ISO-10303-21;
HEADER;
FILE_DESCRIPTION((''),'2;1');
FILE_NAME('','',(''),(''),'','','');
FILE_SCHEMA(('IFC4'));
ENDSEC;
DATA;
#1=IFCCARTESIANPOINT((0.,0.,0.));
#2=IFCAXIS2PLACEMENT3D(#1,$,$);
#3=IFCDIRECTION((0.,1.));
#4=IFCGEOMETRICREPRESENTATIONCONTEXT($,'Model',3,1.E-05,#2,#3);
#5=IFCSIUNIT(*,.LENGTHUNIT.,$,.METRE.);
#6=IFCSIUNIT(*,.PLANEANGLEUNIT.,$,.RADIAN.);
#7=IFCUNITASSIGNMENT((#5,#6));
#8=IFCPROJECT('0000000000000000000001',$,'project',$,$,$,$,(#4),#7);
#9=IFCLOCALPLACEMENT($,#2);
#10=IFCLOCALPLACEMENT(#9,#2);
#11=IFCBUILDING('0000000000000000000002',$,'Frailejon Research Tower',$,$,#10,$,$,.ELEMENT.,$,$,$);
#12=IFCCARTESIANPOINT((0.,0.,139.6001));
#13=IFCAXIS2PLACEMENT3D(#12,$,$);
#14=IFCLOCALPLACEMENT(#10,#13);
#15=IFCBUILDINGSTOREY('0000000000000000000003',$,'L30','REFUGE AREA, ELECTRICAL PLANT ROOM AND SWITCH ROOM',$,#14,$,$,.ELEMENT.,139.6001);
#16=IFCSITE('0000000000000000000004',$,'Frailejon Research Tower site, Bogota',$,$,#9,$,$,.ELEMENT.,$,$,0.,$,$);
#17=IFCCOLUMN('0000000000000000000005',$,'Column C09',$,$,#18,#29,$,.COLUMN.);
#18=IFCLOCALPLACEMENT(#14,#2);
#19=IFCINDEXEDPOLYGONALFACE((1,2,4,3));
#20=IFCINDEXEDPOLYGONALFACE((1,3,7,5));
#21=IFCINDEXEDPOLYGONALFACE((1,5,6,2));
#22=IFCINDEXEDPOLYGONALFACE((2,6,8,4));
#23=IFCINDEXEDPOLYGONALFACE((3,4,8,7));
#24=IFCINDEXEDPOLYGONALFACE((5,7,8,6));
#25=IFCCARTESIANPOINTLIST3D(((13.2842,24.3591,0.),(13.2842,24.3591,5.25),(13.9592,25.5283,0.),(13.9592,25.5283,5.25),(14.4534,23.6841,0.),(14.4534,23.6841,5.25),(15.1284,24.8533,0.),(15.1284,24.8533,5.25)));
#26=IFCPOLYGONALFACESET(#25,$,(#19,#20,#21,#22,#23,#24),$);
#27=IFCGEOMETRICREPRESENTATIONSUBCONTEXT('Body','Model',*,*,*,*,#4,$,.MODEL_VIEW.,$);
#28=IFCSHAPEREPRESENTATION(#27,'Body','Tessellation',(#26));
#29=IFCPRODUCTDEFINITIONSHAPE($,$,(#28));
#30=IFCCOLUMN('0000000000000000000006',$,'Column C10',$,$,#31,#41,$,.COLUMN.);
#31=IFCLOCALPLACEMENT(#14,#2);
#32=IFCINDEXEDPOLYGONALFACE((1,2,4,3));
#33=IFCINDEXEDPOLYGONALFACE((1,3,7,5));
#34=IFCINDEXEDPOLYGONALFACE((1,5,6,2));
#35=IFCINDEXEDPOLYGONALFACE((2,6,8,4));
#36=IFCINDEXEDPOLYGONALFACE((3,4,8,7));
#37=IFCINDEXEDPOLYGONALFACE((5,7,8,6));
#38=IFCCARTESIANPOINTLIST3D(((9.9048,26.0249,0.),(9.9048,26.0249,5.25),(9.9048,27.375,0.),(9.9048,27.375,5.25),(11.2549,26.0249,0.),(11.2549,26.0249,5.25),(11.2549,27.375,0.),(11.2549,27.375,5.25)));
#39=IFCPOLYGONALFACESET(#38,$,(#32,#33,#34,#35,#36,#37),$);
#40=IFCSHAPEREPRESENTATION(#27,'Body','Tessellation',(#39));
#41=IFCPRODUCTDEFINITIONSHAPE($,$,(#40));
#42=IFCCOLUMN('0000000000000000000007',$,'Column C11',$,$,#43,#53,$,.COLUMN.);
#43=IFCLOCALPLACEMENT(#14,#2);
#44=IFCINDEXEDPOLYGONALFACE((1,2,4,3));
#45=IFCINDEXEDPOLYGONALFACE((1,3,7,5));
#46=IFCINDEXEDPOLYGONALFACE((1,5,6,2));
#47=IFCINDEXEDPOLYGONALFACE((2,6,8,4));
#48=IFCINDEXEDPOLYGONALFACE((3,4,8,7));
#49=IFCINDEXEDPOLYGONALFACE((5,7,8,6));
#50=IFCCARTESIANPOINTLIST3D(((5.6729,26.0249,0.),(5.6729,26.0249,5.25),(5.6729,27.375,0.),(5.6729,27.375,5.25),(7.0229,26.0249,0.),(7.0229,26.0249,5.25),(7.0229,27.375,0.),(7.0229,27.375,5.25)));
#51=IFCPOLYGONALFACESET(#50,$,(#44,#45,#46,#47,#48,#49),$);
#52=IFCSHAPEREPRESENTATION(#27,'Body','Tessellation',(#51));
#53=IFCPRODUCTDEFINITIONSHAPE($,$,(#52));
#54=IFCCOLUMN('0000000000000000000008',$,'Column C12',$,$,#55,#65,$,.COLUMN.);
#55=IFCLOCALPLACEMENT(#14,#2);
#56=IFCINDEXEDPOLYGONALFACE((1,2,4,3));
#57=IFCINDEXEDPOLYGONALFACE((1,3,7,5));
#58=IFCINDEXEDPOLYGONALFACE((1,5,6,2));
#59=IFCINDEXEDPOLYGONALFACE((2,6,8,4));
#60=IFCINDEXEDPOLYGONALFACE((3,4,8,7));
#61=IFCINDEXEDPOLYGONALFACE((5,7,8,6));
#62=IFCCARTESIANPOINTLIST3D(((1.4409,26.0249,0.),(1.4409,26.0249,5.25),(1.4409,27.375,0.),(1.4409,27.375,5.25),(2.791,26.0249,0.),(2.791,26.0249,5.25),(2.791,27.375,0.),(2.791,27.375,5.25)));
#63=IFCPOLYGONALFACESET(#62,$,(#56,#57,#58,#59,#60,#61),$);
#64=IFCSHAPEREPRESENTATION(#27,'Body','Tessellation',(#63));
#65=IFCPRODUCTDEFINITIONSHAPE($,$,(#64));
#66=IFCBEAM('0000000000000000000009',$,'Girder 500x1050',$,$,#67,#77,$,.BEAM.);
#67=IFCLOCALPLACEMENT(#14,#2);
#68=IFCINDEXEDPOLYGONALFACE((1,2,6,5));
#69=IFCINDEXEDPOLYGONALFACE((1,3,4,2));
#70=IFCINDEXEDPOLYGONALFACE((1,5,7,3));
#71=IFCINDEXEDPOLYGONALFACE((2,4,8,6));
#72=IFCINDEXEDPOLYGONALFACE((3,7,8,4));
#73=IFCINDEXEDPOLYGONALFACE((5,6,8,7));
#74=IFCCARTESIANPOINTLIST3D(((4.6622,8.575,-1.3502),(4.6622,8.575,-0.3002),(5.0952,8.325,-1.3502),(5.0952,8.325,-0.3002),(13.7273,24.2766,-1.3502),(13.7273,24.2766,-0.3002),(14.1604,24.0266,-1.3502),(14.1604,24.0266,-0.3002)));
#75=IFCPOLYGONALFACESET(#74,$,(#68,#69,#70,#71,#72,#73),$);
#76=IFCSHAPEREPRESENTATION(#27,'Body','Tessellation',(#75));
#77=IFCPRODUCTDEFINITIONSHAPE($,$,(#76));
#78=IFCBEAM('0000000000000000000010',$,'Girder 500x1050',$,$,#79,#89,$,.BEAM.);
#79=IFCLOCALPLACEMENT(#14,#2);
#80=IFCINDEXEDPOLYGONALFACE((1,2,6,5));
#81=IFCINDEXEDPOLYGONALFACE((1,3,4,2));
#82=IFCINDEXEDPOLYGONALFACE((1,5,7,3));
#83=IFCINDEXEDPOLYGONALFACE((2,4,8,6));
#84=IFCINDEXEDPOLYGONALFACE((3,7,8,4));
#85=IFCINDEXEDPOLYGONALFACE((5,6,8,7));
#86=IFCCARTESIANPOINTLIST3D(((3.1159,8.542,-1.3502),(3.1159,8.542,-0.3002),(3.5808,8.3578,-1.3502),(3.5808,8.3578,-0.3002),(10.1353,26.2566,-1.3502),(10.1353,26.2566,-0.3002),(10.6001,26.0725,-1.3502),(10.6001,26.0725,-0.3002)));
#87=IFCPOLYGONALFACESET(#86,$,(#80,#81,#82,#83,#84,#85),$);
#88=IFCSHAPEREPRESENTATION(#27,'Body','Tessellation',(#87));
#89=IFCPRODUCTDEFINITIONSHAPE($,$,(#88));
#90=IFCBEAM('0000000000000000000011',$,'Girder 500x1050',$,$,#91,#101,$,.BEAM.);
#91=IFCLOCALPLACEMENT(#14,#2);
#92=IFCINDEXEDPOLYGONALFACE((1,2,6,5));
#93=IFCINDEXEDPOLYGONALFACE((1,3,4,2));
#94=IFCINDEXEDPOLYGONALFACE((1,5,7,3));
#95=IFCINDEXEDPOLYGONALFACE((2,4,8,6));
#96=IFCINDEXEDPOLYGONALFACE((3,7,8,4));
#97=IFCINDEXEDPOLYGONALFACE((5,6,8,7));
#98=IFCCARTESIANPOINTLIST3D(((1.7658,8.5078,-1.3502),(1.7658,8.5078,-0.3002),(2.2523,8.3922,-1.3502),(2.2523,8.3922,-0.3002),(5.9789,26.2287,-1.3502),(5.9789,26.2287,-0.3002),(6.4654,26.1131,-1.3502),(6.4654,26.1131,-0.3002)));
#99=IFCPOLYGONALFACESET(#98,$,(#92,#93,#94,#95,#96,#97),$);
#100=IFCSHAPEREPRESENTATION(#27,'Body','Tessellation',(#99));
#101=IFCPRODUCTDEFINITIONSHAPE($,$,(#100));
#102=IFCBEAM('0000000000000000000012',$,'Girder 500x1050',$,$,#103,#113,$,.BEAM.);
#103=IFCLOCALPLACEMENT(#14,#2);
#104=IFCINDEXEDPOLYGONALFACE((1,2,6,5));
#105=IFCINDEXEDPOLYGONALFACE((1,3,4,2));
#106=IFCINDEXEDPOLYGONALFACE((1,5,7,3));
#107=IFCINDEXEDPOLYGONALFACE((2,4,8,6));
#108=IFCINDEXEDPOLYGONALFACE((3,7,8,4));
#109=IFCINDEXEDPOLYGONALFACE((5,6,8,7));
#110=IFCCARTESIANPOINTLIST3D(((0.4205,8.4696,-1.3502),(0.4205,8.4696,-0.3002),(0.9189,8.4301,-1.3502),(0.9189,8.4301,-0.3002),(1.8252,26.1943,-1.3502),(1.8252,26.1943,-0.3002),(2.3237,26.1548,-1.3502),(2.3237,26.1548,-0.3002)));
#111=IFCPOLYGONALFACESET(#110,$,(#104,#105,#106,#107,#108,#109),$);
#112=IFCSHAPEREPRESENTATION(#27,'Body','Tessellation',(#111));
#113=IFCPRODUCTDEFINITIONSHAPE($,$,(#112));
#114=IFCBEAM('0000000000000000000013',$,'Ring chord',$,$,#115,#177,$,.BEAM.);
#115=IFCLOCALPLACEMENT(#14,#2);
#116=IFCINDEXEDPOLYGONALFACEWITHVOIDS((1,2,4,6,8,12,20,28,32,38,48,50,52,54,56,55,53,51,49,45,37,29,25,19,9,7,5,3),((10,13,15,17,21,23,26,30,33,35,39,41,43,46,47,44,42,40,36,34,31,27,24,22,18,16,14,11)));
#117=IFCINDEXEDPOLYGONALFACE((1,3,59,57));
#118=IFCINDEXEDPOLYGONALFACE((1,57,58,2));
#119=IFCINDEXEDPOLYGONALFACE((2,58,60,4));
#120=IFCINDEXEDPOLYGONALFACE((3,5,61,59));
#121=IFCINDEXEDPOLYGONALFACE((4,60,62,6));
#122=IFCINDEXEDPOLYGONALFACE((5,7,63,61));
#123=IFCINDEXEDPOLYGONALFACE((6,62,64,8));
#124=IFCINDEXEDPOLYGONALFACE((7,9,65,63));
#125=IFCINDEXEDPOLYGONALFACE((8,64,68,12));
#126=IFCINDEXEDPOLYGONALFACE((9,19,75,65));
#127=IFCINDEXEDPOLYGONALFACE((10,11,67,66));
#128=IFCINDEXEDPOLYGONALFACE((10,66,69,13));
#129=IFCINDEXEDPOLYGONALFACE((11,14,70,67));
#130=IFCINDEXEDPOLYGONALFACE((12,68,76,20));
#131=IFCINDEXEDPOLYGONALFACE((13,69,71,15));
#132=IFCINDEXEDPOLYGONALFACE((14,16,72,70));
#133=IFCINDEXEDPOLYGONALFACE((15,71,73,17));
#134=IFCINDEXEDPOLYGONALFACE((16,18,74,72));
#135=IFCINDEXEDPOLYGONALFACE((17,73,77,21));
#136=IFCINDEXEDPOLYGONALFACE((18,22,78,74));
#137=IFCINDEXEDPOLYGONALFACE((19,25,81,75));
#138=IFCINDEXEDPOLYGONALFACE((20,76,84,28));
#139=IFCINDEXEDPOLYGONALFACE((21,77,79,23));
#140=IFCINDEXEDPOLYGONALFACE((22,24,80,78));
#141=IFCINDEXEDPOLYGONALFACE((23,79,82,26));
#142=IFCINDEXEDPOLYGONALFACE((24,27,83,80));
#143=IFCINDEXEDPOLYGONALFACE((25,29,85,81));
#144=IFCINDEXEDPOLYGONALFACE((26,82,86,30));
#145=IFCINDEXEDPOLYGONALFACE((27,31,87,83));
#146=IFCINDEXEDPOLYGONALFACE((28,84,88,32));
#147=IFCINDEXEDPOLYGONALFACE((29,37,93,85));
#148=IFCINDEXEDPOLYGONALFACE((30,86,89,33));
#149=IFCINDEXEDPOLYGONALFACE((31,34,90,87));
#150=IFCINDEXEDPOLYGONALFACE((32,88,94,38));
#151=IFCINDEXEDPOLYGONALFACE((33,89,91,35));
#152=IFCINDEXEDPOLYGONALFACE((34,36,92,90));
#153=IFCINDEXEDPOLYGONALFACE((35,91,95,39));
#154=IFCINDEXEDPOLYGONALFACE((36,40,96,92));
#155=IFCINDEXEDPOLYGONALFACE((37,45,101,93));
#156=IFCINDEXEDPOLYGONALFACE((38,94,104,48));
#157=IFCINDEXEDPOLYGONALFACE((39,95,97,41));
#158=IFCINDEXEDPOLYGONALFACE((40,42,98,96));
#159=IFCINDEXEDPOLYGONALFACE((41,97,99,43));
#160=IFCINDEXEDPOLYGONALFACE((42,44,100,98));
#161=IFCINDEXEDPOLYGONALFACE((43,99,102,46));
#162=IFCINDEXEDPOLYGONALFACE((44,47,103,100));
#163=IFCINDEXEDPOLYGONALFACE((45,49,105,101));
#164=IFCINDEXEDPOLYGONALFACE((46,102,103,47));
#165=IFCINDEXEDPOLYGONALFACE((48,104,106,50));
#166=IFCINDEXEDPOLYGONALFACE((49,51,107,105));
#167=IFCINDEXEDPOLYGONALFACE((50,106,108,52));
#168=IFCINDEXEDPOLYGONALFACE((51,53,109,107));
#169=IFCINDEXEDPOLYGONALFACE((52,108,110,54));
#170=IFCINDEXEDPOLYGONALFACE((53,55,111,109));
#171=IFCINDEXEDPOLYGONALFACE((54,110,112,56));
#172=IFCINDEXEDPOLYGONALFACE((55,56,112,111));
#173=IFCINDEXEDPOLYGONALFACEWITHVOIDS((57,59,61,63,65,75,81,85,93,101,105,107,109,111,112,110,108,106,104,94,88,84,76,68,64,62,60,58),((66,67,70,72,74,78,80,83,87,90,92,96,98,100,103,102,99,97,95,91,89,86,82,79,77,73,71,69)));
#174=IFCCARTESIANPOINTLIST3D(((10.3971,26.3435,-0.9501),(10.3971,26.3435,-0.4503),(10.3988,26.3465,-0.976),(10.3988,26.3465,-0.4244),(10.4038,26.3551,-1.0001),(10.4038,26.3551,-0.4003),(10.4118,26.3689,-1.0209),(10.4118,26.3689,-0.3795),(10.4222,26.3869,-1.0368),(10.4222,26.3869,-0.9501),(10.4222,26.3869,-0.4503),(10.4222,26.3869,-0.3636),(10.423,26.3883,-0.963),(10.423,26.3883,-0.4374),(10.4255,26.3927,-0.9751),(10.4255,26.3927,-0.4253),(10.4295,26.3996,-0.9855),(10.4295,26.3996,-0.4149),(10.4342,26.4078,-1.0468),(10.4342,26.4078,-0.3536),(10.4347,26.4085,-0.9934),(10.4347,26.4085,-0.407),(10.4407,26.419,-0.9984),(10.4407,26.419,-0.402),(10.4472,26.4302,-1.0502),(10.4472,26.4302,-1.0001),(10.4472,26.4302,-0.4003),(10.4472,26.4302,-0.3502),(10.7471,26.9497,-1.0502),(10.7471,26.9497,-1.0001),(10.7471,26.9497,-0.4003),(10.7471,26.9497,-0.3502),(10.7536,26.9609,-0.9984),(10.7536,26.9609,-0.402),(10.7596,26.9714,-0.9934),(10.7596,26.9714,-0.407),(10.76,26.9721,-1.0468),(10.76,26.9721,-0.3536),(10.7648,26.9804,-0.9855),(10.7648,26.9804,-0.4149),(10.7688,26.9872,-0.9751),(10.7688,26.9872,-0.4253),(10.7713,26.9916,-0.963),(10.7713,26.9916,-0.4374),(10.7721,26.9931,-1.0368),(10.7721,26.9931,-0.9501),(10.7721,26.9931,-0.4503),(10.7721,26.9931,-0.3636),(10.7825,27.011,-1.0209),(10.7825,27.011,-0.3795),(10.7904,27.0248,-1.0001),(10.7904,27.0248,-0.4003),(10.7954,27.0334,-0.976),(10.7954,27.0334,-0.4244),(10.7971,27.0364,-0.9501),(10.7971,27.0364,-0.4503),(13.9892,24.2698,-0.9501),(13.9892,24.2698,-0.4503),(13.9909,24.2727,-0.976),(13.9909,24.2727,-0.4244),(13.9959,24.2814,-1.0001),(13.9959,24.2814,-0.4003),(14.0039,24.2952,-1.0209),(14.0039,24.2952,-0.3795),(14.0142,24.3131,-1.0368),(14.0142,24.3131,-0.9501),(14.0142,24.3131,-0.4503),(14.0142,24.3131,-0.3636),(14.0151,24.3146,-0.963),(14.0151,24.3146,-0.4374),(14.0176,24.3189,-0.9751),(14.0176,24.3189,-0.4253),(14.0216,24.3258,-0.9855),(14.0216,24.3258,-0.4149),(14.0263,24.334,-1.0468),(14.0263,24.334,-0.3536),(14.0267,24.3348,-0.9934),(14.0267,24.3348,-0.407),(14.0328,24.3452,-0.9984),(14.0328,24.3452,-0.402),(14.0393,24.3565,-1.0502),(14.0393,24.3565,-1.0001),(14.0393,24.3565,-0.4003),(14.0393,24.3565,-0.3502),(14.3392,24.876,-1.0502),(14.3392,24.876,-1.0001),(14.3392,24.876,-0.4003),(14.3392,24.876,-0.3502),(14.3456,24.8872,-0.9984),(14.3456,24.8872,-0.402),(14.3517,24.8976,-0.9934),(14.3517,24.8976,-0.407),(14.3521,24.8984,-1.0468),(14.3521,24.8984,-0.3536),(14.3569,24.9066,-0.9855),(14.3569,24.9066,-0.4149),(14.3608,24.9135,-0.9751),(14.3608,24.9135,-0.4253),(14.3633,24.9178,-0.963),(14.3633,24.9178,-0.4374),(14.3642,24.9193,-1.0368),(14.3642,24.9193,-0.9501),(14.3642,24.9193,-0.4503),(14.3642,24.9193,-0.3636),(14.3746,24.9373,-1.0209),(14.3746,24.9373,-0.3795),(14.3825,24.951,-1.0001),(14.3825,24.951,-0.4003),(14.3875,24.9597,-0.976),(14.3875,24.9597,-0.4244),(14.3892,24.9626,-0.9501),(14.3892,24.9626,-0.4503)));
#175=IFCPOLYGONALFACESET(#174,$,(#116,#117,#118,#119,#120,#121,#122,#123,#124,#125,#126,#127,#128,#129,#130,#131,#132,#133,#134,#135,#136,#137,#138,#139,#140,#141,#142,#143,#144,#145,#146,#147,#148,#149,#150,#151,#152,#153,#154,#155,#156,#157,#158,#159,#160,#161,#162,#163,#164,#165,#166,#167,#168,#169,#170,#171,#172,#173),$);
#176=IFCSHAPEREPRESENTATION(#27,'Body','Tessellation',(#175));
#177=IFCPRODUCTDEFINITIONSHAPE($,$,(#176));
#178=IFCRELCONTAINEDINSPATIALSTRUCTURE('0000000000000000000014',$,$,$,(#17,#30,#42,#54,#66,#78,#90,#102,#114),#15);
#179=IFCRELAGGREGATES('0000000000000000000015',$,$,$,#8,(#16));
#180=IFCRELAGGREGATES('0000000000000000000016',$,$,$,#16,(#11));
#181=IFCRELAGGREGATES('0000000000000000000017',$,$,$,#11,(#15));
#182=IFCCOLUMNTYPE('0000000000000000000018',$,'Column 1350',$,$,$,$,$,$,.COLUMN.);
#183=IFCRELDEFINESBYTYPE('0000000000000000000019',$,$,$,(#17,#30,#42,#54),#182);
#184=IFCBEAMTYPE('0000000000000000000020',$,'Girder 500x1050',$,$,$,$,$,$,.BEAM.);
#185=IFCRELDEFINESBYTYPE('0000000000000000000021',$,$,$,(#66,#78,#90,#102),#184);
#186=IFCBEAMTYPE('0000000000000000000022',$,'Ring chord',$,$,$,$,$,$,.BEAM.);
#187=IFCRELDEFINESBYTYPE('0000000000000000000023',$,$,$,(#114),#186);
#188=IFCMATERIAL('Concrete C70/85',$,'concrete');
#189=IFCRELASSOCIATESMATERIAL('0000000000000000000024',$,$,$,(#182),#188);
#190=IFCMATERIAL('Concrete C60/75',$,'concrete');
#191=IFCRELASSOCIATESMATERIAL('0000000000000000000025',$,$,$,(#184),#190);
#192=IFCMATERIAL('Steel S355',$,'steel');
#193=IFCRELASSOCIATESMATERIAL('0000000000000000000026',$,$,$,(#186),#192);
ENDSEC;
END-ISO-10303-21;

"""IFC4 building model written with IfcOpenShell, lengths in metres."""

from ifc_helpers import new_model, si_unit, direction, frame, origin, origin_2d, place, context, subcontext, project, spatial, rectangle, hollow_rectangle, extrude, material, material_profile, profile_set, type_object, element, save


model = new_model("IFC4")

# Units and contexts
model_context = context("Model", 3, precision=1e-05, world=origin(), true_north=direction((0.0, 1.0)))
body_context = subcontext(model_context, "Body", "Model", "MODEL_VIEW")
ifc_project = project(units=[si_unit("LENGTHUNIT", "METRE"), si_unit("PLANEANGLEUNIT", "RADIAN")], contexts=[model_context])

# Site, building, storey
site_placement = place(None, origin())
site = spatial("IfcSite", under=ifc_project, at=site_placement, Name="Frailejon Research Tower site, Bogota", CompositionType="ELEMENT", RefElevation=0.0)
building_placement = place(site_placement, origin())
building = spatial("IfcBuilding", under=site, at=building_placement, Name="Frailejon Research Tower", CompositionType="ELEMENT")
storey_placement = place(building_placement, frame((0.0, 0.0, 139.6001)))
storey = spatial("IfcBuildingStorey", under=building, at=storey_placement, Name="L30", Description="REFUGE AREA, ELECTRICAL PLANT ROOM AND SWITCH ROOM", CompositionType="ELEMENT", Elevation=139.6001)

# Columns
ifc_material_1 = material(Name="Concrete C70/85", Category="concrete")
ifc_material_profile_1 = material_profile(ifc_material_1, rectangle(XDim=1.3501, YDim=1.3501, at=origin_2d()), Name="Column 1350")
ifc_profile_set_1 = profile_set([ifc_material_profile_1], Name="Concrete C70/85")
column_type = type_object("IfcColumnType", Name="Column 1350", PredefinedType="COLUMN", material=ifc_profile_set_1)
for number, where, z_axis, x_axis, name in (
    (1, (14.2063, 24.6062, 0.0), (0.0, 0.0, 1.0), (-0.866025, 0.5, 0.0), "Column C09"),
    (2, (10.5798, 26.7, 0.0), (0.0, 0.0, 1.0), (-1.0, 0.0, 0.0), "Column C10"),
    (3, (6.3479, 26.7, 0.0), (0.0, 0.0, 1.0), (-1.0, 0.0, 0.0), "Column C11"),
    (4, (2.116, 26.7, 0.0), (0.0, 0.0, 1.0), (-1.0, 0.0, 0.0), "Column C12"),
):
    element("IfcColumn", number, at=place(storey_placement, frame(where, z_axis=z_axis, x_axis=x_axis)), inside=storey, type_object=column_type, Name=name, PredefinedType="COLUMN", context=body_context, shape_type="SweptSolid", body=[
        extrude(rectangle(XDim=1.3501, YDim=1.3501, at=origin_2d()), origin(), (0.0, 0.0, 1.0), 5.25),
    ])

# Beams
ifc_material_2 = material(Name="Concrete C60/75", Category="concrete")
ifc_material_profile_2 = material_profile(ifc_material_2, rectangle(XDim=0.5, YDim=1.05, at=origin_2d()), Name="Girder 500x1050")
ifc_profile_set_2 = profile_set([ifc_material_profile_2], Name="Concrete C60/75")
beam_type_1 = type_object("IfcBeamType", Name="Girder 500x1050", PredefinedType="BEAM", material=ifc_profile_set_2)
beam_1_placement = place(storey_placement, frame((13.9438, 24.1516, -0.8252), z_axis=(-0.499993, -0.86603, 0.0), x_axis=(0.86603, -0.499993, 0.0)))
element("IfcBeam", 5, at=beam_1_placement, inside=storey, type_object=beam_type_1, Name="Girder 500x1050", PredefinedType="BEAM", context=body_context, shape_type="SweptSolid", body=[
    extrude(rectangle(XDim=0.5, YDim=1.05, at=origin_2d()), origin(), (0.0, 0.0, 1.0), 18.1306),
])
beam_2_placement = place(storey_placement, frame((10.3677, 26.1646, -0.8252), z_axis=(-0.368378, -0.929676, 0.0), x_axis=(0.929676, -0.368378, 0.0)))
element("IfcBeam", 6, at=beam_2_placement, inside=storey, type_object=beam_type_1, Name="Girder 500x1050", PredefinedType="BEAM", context=body_context, shape_type="SweptSolid", body=[
    extrude(rectangle(XDim=0.5, YDim=1.05, at=origin_2d()), origin(), (0.0, 0.0, 1.0), 19.0547),
])
beam_3_placement = place(storey_placement, frame((6.2222, 26.1709, -0.8252), z_axis=(-0.231302, -0.972882, 0.0), x_axis=(0.972882, -0.231302, 0.0)))
element("IfcBeam", 7, at=beam_3_placement, inside=storey, type_object=beam_type_1, Name="Girder 500x1050", PredefinedType="BEAM", context=body_context, shape_type="SweptSolid", body=[
    extrude(rectangle(XDim=0.5, YDim=1.05, at=origin_2d()), origin(), (0.0, 0.0, 1.0), 18.2148),
])
beam_4_placement = place(storey_placement, frame((2.0745, 26.1746, -0.8252), z_axis=(-0.079008, -0.996874, 0.0), x_axis=(0.996874, -0.079008, 0.0)))
element("IfcBeam", 8, at=beam_4_placement, inside=storey, type_object=beam_type_1, Name="Girder 500x1050", PredefinedType="BEAM", context=body_context, shape_type="SweptSolid", body=[
    extrude(rectangle(XDim=0.5, YDim=1.05, at=origin_2d()), origin(), (0.0, 0.0, 1.0), 17.7803),
])
ifc_material_3 = material(Name="Steel S355", Category="steel")
ifc_material_profile_3 = material_profile(ifc_material_3, hollow_rectangle(XDim=0.8, YDim=0.7, WallThickness=0.05, InnerFilletRadius=0.05, OuterFilletRadius=0.1001, at=origin_2d()), Name="Ring chord")
ifc_profile_set_3 = profile_set([ifc_material_profile_3], Name="Steel S355")
beam_type_2 = type_object("IfcBeamType", Name="Ring chord", PredefinedType="BEAM", material=ifc_profile_set_3)
beam_5_placement = place(storey_placement, frame((14.1892, 24.6162, -0.7002), z_axis=(-0.86604, 0.499976, 0.0), x_axis=(-0.499976, -0.86604, 0.0)))
element("IfcBeam", 9, at=beam_5_placement, inside=storey, type_object=beam_type_2, Name="Ring chord", PredefinedType="BEAM", context=body_context, shape_type="SweptSolid", body=[
    extrude(hollow_rectangle(XDim=0.8, YDim=0.7, WallThickness=0.05, InnerFilletRadius=0.05, OuterFilletRadius=0.1001, at=origin_2d()), origin(), (0.0, 0.0, 1.0), 4.1477),
])

save(model, "model.ifc")
